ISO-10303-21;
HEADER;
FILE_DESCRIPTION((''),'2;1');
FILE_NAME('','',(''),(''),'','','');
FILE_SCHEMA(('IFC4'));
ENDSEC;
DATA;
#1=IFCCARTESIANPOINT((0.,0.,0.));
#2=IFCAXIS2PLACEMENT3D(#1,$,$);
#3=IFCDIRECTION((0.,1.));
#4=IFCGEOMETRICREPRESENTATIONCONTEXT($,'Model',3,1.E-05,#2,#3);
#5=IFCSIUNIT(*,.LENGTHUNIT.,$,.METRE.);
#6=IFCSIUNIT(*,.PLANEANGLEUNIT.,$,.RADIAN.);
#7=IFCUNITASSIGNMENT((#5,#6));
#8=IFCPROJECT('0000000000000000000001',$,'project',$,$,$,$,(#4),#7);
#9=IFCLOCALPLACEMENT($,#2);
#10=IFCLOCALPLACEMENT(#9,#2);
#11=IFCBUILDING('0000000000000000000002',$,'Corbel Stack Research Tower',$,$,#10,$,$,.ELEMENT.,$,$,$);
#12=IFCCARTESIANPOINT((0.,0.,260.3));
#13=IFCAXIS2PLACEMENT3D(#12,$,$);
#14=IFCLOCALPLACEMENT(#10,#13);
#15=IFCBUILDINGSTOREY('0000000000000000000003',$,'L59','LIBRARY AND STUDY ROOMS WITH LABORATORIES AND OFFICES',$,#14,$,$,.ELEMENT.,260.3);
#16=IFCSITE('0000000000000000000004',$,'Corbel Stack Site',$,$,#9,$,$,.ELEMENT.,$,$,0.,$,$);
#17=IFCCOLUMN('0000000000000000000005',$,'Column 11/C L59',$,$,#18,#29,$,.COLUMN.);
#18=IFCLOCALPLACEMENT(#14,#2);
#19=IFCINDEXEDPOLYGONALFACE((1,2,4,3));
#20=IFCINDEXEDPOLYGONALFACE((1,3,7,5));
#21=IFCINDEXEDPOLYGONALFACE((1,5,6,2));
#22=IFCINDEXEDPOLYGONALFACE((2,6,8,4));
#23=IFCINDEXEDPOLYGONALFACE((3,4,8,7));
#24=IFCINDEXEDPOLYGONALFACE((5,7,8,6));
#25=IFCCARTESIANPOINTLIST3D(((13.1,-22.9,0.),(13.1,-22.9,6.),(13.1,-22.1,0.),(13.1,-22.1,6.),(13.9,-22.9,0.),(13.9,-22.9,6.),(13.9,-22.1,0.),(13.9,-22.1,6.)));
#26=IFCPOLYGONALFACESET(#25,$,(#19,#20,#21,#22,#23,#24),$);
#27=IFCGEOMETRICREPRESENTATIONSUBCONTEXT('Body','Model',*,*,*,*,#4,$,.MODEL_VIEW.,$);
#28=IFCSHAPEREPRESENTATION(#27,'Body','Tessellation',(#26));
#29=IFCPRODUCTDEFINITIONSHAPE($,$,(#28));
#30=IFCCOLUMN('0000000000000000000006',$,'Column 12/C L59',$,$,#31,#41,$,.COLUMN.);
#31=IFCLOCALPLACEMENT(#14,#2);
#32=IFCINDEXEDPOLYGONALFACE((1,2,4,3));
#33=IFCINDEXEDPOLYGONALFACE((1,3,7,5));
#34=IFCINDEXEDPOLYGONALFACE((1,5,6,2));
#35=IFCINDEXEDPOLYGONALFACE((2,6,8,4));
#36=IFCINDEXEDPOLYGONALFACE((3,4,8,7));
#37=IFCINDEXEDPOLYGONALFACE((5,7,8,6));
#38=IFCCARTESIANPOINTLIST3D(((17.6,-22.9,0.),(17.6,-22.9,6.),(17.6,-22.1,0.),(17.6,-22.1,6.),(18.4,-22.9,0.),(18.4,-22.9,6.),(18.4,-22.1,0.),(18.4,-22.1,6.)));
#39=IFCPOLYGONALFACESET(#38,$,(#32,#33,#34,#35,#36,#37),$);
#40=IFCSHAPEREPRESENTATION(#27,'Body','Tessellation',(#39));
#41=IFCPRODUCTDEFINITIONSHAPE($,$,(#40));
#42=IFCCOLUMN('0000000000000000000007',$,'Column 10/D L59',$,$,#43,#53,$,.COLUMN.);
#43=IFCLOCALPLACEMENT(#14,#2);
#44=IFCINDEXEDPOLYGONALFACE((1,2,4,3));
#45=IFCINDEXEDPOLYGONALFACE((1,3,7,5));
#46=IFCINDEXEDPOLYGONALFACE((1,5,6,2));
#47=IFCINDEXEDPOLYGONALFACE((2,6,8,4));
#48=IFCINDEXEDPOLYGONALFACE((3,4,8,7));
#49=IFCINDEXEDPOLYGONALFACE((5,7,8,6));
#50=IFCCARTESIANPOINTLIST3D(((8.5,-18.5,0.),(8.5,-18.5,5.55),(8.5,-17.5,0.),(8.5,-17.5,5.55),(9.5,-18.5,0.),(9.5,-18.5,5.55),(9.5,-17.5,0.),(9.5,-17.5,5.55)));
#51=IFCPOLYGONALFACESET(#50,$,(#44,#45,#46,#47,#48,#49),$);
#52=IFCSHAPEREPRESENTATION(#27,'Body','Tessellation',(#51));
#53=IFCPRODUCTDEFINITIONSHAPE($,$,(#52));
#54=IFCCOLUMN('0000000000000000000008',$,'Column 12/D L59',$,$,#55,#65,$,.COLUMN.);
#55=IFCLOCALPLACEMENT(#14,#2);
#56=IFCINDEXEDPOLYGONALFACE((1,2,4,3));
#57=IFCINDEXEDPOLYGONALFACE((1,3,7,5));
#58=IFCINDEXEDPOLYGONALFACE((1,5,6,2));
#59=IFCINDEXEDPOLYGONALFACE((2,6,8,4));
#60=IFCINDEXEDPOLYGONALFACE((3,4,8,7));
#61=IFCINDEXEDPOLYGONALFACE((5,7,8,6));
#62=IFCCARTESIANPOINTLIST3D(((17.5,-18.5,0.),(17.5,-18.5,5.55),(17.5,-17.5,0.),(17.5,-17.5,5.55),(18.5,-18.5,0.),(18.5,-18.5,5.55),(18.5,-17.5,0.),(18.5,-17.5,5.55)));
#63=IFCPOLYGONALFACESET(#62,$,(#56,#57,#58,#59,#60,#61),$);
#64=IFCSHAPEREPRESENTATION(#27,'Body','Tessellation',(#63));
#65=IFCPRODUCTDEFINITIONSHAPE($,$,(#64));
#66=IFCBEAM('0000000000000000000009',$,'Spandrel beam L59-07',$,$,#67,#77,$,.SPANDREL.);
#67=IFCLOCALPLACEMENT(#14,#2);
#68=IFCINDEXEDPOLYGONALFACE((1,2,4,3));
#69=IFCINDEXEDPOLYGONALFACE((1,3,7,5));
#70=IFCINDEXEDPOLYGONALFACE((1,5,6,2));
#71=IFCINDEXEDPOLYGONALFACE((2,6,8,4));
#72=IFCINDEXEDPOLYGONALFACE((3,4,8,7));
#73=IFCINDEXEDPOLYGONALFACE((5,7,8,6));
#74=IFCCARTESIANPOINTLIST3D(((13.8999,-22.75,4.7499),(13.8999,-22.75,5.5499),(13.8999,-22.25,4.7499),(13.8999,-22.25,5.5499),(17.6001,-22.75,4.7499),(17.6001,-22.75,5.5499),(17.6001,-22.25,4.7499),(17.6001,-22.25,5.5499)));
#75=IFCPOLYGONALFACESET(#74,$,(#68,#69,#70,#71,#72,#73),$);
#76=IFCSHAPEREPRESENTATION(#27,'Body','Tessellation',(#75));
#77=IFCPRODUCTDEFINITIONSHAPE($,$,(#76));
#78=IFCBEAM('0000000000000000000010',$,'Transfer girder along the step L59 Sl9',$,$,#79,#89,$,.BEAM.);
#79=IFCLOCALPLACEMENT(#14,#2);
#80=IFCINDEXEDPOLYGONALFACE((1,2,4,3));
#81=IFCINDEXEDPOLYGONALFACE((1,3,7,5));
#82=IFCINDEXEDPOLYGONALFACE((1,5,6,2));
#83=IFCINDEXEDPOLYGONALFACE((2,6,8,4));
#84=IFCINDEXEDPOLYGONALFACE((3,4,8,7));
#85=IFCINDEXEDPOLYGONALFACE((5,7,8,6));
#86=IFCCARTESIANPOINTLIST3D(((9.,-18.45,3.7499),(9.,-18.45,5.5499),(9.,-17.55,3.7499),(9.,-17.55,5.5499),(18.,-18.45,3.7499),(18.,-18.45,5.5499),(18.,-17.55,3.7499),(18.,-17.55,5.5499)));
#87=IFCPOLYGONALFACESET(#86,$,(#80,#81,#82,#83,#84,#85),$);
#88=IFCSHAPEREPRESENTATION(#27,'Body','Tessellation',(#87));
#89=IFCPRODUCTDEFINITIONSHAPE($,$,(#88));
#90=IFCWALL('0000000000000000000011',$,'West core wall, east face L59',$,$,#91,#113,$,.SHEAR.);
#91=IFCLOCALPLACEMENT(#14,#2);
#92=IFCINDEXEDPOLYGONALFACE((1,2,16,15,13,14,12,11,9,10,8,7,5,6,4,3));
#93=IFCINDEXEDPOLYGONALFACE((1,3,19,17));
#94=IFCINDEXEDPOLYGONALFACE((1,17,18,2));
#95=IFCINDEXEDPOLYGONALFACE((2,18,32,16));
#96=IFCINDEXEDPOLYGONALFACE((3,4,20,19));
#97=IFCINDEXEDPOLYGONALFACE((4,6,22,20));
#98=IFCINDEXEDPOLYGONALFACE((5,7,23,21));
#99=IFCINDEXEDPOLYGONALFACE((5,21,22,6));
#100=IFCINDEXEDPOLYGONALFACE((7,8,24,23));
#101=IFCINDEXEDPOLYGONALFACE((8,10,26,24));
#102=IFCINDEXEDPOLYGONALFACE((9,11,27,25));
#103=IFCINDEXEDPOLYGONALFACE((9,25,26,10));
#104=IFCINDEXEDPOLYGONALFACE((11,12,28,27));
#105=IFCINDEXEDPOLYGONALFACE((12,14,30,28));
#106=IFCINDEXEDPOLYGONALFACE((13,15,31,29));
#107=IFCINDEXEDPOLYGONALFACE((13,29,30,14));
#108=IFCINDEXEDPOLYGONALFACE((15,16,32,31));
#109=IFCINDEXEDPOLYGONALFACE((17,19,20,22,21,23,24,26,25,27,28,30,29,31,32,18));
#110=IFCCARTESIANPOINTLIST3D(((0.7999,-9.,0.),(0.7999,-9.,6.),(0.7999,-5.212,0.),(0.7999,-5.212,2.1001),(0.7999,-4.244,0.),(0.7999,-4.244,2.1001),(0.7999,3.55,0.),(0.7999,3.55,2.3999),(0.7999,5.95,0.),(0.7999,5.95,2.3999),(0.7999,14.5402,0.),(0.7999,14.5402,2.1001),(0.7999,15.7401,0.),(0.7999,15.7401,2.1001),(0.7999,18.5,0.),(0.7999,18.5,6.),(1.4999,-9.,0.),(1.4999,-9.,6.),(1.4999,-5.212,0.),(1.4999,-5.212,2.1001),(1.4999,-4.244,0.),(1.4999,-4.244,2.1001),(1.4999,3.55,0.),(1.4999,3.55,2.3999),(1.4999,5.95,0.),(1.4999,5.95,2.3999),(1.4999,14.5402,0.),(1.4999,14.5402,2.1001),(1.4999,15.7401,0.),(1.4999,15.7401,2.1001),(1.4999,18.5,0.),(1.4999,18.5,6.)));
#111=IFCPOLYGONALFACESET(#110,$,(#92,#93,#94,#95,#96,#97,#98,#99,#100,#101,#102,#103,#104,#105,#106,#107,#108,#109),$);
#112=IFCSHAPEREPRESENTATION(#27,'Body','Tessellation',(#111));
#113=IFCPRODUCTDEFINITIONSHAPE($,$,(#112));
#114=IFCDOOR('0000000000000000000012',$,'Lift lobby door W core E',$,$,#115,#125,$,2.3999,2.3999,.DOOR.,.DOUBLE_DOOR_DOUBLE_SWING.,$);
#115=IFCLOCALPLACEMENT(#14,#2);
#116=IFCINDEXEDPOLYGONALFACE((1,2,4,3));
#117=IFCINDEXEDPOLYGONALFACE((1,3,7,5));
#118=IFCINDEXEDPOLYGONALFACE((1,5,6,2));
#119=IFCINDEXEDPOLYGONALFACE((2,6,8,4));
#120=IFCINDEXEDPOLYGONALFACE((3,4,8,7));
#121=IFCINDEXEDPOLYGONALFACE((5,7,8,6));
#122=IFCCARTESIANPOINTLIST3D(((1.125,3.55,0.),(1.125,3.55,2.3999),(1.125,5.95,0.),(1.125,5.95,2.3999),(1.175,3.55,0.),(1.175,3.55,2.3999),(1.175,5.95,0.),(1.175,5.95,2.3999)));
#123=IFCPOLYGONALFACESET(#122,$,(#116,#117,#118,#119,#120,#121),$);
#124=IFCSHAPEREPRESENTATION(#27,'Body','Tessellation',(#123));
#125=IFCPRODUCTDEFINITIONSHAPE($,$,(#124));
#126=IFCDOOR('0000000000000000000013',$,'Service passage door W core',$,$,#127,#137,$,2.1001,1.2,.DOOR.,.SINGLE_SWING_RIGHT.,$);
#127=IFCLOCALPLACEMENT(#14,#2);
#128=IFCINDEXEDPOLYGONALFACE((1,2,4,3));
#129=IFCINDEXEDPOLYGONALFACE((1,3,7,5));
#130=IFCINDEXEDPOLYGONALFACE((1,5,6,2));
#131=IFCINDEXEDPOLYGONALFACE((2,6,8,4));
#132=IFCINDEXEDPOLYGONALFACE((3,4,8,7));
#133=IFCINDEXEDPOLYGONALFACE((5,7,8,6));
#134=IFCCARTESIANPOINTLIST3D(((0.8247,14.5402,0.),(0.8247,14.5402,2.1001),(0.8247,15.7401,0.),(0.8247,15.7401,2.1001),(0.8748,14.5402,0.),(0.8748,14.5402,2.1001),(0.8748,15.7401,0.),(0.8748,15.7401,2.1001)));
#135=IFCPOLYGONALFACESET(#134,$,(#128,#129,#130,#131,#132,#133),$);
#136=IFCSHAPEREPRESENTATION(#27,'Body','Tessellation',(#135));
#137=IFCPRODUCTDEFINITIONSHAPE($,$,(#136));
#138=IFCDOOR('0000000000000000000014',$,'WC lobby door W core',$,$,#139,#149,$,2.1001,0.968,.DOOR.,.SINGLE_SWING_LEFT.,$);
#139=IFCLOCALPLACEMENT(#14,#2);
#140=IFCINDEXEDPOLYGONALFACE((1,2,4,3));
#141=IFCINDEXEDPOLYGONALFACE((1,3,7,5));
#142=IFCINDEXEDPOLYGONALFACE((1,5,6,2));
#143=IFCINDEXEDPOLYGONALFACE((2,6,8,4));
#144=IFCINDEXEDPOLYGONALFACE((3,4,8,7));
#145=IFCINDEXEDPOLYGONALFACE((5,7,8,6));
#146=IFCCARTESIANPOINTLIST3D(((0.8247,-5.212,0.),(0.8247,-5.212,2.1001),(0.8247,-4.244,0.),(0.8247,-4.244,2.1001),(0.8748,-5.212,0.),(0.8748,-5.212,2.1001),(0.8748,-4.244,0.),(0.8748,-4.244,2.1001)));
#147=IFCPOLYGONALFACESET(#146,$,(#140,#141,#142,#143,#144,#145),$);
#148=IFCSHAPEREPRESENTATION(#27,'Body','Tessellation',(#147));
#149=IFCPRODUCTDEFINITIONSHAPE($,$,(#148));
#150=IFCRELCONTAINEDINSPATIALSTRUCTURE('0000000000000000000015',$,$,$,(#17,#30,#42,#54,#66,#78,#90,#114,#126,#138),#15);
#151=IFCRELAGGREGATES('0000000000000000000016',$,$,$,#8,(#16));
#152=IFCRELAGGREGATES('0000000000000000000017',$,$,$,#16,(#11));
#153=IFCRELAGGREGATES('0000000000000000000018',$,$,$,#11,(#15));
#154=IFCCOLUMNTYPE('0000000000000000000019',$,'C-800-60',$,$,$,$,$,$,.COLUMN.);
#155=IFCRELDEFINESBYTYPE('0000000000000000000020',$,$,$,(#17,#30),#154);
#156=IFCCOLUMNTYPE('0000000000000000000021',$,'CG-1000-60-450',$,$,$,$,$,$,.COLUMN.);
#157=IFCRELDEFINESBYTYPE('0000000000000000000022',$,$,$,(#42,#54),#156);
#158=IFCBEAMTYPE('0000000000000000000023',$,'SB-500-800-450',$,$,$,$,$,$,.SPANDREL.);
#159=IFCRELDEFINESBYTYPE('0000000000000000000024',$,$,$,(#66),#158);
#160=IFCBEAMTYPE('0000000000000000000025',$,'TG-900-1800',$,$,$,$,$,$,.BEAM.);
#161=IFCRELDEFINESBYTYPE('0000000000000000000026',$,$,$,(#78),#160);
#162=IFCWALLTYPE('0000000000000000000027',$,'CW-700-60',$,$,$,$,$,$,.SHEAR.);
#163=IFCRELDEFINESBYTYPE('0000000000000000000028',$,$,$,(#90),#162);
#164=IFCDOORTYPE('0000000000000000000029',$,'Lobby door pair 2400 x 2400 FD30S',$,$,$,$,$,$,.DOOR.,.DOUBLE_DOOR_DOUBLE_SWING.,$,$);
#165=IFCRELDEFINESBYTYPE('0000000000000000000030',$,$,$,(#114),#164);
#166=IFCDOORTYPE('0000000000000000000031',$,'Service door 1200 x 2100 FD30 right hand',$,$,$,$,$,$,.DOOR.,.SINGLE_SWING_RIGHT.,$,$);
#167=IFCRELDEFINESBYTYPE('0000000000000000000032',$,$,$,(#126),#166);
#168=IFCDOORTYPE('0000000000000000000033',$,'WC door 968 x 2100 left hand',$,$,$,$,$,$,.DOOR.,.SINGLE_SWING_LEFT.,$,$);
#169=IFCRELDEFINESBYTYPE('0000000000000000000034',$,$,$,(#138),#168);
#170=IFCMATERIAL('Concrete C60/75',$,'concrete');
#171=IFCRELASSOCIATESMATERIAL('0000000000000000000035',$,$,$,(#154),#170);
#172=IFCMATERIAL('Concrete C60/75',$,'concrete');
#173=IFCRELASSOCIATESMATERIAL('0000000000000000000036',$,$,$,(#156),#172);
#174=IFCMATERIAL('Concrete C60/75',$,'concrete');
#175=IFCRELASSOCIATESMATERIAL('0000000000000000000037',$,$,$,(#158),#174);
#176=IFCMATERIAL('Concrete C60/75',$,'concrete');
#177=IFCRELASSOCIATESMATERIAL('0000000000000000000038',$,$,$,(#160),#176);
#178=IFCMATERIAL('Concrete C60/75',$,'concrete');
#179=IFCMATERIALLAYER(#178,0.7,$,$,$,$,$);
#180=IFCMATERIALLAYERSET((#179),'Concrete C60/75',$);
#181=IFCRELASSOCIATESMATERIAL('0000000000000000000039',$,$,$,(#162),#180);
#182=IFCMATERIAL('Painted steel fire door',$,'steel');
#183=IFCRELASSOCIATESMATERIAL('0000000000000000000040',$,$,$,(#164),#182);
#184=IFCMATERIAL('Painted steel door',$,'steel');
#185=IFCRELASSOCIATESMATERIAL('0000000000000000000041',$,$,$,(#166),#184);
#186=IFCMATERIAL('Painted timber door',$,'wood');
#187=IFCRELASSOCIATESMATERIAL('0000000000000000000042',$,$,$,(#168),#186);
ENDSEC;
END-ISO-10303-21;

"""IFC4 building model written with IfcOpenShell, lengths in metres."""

from ifc_helpers import new_model, si_unit, direction, frame, frame_2d, origin, origin_2d, place, context, subcontext, project, spatial, rectangle, extrude, material, layer, layer_set, material_profile, profile_set, type_object, element, fill, save


model = new_model("IFC4")

# Units and contexts
model_context = context("Model", 3, precision=1e-05, world=origin(), true_north=direction((0.0, 1.0)))
body_context = subcontext(model_context, "Body", "Model", "MODEL_VIEW")
ifc_project = project(units=[si_unit("LENGTHUNIT", "METRE"), si_unit("PLANEANGLEUNIT", "RADIAN")], contexts=[model_context])

# Site, building, storey
site_placement = place(None, origin())
site = spatial("IfcSite", under=ifc_project, at=site_placement, Name="Corbel Stack Site", CompositionType="ELEMENT", RefElevation=0.0)
building_placement = place(site_placement, origin())
building = spatial("IfcBuilding", under=site, at=building_placement, Name="Corbel Stack Research Tower", CompositionType="ELEMENT")
storey_placement = place(building_placement, frame((0.0, 0.0, 260.3)))
storey = spatial("IfcBuildingStorey", under=building, at=storey_placement, Name="L59", Description="LIBRARY AND STUDY ROOMS WITH LABORATORIES AND OFFICES", CompositionType="ELEMENT", Elevation=260.3)

# Columns
ifc_material_1 = material(Name="Concrete C60/75", Category="concrete")
ifc_material_profile_1 = material_profile(ifc_material_1, rectangle(XDim=0.8, YDim=0.8, at=origin_2d()), Name="RC 800 x 800")
ifc_profile_set_1 = profile_set([ifc_material_profile_1], Name="Concrete C60/75")
column_type_1 = type_object("IfcColumnType", Name="C-800-60", PredefinedType="COLUMN", material=ifc_profile_set_1)
for number, where, z_axis, x_axis, name in (
    (1, (13.5, -22.5, 0.0), (0.0, 0.0, 1.0), (1.0, 0.0, 0.0), "Column 11/C L59"),
    (2, (18.0, -22.5, 0.0), (0.0, 0.0, 1.0), (1.0, 0.0, 0.0), "Column 12/C L59"),
):
    element("IfcColumn", number, at=place(storey_placement, frame(where, z_axis=z_axis, x_axis=x_axis)), inside=storey, type_object=column_type_1, Name=name, PredefinedType="COLUMN", context=body_context, shape_type="SweptSolid", body=[
        extrude(rectangle(XDim=0.8, YDim=0.8, at=origin_2d()), origin(), (0.0, 0.0, 1.0), 6.0),
    ])
ifc_material_2 = material(Name="Concrete C60/75", Category="concrete")
ifc_material_profile_2 = material_profile(ifc_material_2, rectangle(XDim=1.0, YDim=1.0, at=origin_2d()), Name="RC 1000 x 1000")
ifc_profile_set_2 = profile_set([ifc_material_profile_2], Name="Concrete C60/75")
column_type_2 = type_object("IfcColumnType", Name="CG-1000-60-450", PredefinedType="COLUMN", material=ifc_profile_set_2)
for number, where, z_axis, x_axis, name in (
    (3, (9.0, -18.0, 0.0), (0.0, 0.0, 1.0), (1.0, 0.0, 0.0), "Column 10/D L59"),
    (4, (18.0, -18.0, 0.0), (0.0, 0.0, 1.0), (1.0, 0.0, 0.0), "Column 12/D L59"),
):
    element("IfcColumn", number, at=place(storey_placement, frame(where, z_axis=z_axis, x_axis=x_axis)), inside=storey, type_object=column_type_2, Name=name, PredefinedType="COLUMN", context=body_context, shape_type="SweptSolid", body=[
        extrude(rectangle(XDim=1.0, YDim=1.0, at=origin_2d()), origin(), (0.0, 0.0, 1.0), 5.55),
    ])

# Beams
ifc_material_3 = material(Name="Concrete C60/75", Category="concrete")
ifc_material_profile_3 = material_profile(ifc_material_3, rectangle(XDim=0.5, YDim=0.8, at=origin_2d()), Name="RC 500 x 800")
ifc_profile_set_3 = profile_set([ifc_material_profile_3], Name="Concrete C60/75")
beam_type_1 = type_object("IfcBeamType", Name="SB-500-800-450", PredefinedType="SPANDREL", material=ifc_profile_set_3)
beam_1_placement = place(storey_placement, frame((13.8999, -22.5, 5.1499), z_axis=(1.0, 0.0, 0.0), x_axis=(0.0, 1.0, 0.0)))
element("IfcBeam", 5, at=beam_1_placement, inside=storey, type_object=beam_type_1, Name="Spandrel beam L59-07", PredefinedType="SPANDREL", context=body_context, shape_type="SweptSolid", body=[
    extrude(rectangle(XDim=0.5, YDim=0.8, at=origin_2d()), origin(), (0.0, 0.0, 1.0), 3.7002),
])
ifc_material_4 = material(Name="Concrete C60/75", Category="concrete")
ifc_material_profile_4 = material_profile(ifc_material_4, rectangle(XDim=0.8999, YDim=1.8, at=origin_2d()), Name="RC 900 x 1800")
ifc_profile_set_4 = profile_set([ifc_material_profile_4], Name="Concrete C60/75")
beam_type_2 = type_object("IfcBeamType", Name="TG-900-1800", PredefinedType="BEAM", material=ifc_profile_set_4)
beam_2_placement = place(storey_placement, frame((9.0, -18.0, 4.6499), z_axis=(1.0, 0.0, 0.0), x_axis=(0.0, 1.0, 0.0)))
element("IfcBeam", 6, at=beam_2_placement, inside=storey, type_object=beam_type_2, Name="Transfer girder along the step L59 Sl9", PredefinedType="BEAM", context=body_context, shape_type="SweptSolid", body=[
    extrude(rectangle(XDim=0.8999, YDim=1.8, at=origin_2d()), origin(), (0.0, 0.0, 1.0), 9.0),
])

# Wall, openings, doors
ifc_material_5 = material(Name="Concrete C60/75", Category="concrete")
ifc_layer_1 = layer(ifc_material_5, 0.7)
ifc_layer_set_1 = layer_set([ifc_layer_1], Name="Concrete C60/75")
wall_type_1 = type_object("IfcWallType", Name="CW-700-60", PredefinedType="SHEAR", material=ifc_layer_set_1)
wall_1_placement = place(storey_placement, frame((1.1499, -9.0, 0.0), z_axis=(0.0, 0.0, 1.0), x_axis=(0.0, 1.0, 0.0)))
wall_1 = element("IfcWall", 7, at=wall_1_placement, inside=storey, type_object=wall_type_1, Name="West core wall, east face L59", PredefinedType="SHEAR", context=body_context, shape_type="SweptSolid", body=[
    extrude(rectangle(XDim=27.5, YDim=0.7, at=frame_2d((13.75, 0.0))), origin(), (0.0, 0.0, 1.0), 6.0),
])
opening_1_placement = place(wall_1_placement, frame((12.55, 0.0, 0.0)))
opening_1 = element("IfcOpeningElement", 8, at=opening_1_placement, cuts=wall_1, PredefinedType="OPENING", context=body_context, shape_type="SweptSolid", body=[
    extrude(rectangle(XDim=2.3999, YDim=2.3999, at=frame_2d((1.2, 1.2))), frame((0.0, 0.3599, 0.0), z_axis=(0.0, -1.0, 0.0), x_axis=(1.0, 0.0, 0.0)), (0.0, 0.0, 1.0), 0.72),
])
opening_2_placement = place(wall_1_placement, frame((3.7881, 0.0, 0.0)))
opening_2 = element("IfcOpeningElement", 9, at=opening_2_placement, cuts=wall_1, PredefinedType="OPENING", context=body_context, shape_type="SweptSolid", body=[
    extrude(rectangle(XDim=0.968, YDim=2.1001, at=frame_2d((0.4839, 1.05))), frame((0.0, 0.3599, 0.0), z_axis=(0.0, -1.0, 0.0), x_axis=(1.0, 0.0, 0.0)), (0.0, 0.0, 1.0), 0.72),
])
opening_3_placement = place(wall_1_placement, frame((23.54, 0.0, 0.0)))
opening_3 = element("IfcOpeningElement", 10, at=opening_3_placement, cuts=wall_1, PredefinedType="OPENING", context=body_context, shape_type="SweptSolid", body=[
    extrude(rectangle(XDim=1.2, YDim=2.1001, at=frame_2d((0.6001, 1.05))), frame((0.0, 0.3599, 0.0), z_axis=(0.0, -1.0, 0.0), x_axis=(1.0, 0.0, 0.0)), (0.0, 0.0, 1.0), 0.72),
])
ifc_material_6 = material(Name="Painted steel fire door", Category="steel")
door_type_1 = type_object("IfcDoorType", Name="Lobby door pair 2400 x 2400 FD30S", OperationType="DOUBLE_DOOR_DOUBLE_SWING", PredefinedType="DOOR", material=ifc_material_6)
door_1_placement = place(opening_1_placement, origin())
door_1 = element("IfcDoor", 11, at=door_1_placement, inside=storey, type_object=door_type_1, Name="Lift lobby door W core E", OperationType="DOUBLE_DOOR_DOUBLE_SWING", OverallHeight=2.3999, OverallWidth=2.3999, PredefinedType="DOOR", context=body_context, shape_type="SweptSolid", body=[
    extrude(rectangle(XDim=2.3999, YDim=2.3999, at=frame_2d((1.2, 1.2))), frame((0.0, 0.0249, 0.0), z_axis=(0.0, -1.0, 0.0), x_axis=(1.0, 0.0, 0.0)), (0.0, 0.0, 1.0), 0.05),
])
fill(opening_1, door_1)
ifc_material_7 = material(Name="Painted steel door", Category="steel")
door_type_2 = type_object("IfcDoorType", Name="Service door 1200 x 2100 FD30 right hand", OperationType="SINGLE_SWING_RIGHT", PredefinedType="DOOR", material=ifc_material_7)
door_2_placement = place(opening_3_placement, origin())
door_2 = element("IfcDoor", 12, at=door_2_placement, inside=storey, type_object=door_type_2, Name="Service passage door W core", OperationType="SINGLE_SWING_RIGHT", OverallHeight=2.1001, OverallWidth=1.2, PredefinedType="DOOR", context=body_context, shape_type="SweptSolid", body=[
    extrude(rectangle(XDim=1.2, YDim=2.1001, at=frame_2d((0.6001, 1.05))), frame((0.0, 0.3252, 0.0), z_axis=(0.0, -1.0, 0.0), x_axis=(1.0, 0.0, 0.0)), (0.0, 0.0, 1.0), 0.05),
])
fill(opening_3, door_2)
ifc_material_8 = material(Name="Painted timber door", Category="wood")
door_type_3 = type_object("IfcDoorType", Name="WC door 968 x 2100 left hand", OperationType="SINGLE_SWING_LEFT", PredefinedType="DOOR", material=ifc_material_8)
door_3_placement = place(opening_2_placement, origin())
door_3 = element("IfcDoor", 13, at=door_3_placement, inside=storey, type_object=door_type_3, Name="WC lobby door W core", OperationType="SINGLE_SWING_LEFT", OverallHeight=2.1001, OverallWidth=0.968, PredefinedType="DOOR", context=body_context, shape_type="SweptSolid", body=[
    extrude(rectangle(XDim=0.968, YDim=2.1001, at=frame_2d((0.4839, 1.05))), frame((0.0, 0.3252, 0.0), z_axis=(0.0, -1.0, 0.0), x_axis=(1.0, 0.0, 0.0)), (0.0, 0.0, 1.0), 0.05),
])
fill(opening_2, door_3)

save(model, "model.ifc")
